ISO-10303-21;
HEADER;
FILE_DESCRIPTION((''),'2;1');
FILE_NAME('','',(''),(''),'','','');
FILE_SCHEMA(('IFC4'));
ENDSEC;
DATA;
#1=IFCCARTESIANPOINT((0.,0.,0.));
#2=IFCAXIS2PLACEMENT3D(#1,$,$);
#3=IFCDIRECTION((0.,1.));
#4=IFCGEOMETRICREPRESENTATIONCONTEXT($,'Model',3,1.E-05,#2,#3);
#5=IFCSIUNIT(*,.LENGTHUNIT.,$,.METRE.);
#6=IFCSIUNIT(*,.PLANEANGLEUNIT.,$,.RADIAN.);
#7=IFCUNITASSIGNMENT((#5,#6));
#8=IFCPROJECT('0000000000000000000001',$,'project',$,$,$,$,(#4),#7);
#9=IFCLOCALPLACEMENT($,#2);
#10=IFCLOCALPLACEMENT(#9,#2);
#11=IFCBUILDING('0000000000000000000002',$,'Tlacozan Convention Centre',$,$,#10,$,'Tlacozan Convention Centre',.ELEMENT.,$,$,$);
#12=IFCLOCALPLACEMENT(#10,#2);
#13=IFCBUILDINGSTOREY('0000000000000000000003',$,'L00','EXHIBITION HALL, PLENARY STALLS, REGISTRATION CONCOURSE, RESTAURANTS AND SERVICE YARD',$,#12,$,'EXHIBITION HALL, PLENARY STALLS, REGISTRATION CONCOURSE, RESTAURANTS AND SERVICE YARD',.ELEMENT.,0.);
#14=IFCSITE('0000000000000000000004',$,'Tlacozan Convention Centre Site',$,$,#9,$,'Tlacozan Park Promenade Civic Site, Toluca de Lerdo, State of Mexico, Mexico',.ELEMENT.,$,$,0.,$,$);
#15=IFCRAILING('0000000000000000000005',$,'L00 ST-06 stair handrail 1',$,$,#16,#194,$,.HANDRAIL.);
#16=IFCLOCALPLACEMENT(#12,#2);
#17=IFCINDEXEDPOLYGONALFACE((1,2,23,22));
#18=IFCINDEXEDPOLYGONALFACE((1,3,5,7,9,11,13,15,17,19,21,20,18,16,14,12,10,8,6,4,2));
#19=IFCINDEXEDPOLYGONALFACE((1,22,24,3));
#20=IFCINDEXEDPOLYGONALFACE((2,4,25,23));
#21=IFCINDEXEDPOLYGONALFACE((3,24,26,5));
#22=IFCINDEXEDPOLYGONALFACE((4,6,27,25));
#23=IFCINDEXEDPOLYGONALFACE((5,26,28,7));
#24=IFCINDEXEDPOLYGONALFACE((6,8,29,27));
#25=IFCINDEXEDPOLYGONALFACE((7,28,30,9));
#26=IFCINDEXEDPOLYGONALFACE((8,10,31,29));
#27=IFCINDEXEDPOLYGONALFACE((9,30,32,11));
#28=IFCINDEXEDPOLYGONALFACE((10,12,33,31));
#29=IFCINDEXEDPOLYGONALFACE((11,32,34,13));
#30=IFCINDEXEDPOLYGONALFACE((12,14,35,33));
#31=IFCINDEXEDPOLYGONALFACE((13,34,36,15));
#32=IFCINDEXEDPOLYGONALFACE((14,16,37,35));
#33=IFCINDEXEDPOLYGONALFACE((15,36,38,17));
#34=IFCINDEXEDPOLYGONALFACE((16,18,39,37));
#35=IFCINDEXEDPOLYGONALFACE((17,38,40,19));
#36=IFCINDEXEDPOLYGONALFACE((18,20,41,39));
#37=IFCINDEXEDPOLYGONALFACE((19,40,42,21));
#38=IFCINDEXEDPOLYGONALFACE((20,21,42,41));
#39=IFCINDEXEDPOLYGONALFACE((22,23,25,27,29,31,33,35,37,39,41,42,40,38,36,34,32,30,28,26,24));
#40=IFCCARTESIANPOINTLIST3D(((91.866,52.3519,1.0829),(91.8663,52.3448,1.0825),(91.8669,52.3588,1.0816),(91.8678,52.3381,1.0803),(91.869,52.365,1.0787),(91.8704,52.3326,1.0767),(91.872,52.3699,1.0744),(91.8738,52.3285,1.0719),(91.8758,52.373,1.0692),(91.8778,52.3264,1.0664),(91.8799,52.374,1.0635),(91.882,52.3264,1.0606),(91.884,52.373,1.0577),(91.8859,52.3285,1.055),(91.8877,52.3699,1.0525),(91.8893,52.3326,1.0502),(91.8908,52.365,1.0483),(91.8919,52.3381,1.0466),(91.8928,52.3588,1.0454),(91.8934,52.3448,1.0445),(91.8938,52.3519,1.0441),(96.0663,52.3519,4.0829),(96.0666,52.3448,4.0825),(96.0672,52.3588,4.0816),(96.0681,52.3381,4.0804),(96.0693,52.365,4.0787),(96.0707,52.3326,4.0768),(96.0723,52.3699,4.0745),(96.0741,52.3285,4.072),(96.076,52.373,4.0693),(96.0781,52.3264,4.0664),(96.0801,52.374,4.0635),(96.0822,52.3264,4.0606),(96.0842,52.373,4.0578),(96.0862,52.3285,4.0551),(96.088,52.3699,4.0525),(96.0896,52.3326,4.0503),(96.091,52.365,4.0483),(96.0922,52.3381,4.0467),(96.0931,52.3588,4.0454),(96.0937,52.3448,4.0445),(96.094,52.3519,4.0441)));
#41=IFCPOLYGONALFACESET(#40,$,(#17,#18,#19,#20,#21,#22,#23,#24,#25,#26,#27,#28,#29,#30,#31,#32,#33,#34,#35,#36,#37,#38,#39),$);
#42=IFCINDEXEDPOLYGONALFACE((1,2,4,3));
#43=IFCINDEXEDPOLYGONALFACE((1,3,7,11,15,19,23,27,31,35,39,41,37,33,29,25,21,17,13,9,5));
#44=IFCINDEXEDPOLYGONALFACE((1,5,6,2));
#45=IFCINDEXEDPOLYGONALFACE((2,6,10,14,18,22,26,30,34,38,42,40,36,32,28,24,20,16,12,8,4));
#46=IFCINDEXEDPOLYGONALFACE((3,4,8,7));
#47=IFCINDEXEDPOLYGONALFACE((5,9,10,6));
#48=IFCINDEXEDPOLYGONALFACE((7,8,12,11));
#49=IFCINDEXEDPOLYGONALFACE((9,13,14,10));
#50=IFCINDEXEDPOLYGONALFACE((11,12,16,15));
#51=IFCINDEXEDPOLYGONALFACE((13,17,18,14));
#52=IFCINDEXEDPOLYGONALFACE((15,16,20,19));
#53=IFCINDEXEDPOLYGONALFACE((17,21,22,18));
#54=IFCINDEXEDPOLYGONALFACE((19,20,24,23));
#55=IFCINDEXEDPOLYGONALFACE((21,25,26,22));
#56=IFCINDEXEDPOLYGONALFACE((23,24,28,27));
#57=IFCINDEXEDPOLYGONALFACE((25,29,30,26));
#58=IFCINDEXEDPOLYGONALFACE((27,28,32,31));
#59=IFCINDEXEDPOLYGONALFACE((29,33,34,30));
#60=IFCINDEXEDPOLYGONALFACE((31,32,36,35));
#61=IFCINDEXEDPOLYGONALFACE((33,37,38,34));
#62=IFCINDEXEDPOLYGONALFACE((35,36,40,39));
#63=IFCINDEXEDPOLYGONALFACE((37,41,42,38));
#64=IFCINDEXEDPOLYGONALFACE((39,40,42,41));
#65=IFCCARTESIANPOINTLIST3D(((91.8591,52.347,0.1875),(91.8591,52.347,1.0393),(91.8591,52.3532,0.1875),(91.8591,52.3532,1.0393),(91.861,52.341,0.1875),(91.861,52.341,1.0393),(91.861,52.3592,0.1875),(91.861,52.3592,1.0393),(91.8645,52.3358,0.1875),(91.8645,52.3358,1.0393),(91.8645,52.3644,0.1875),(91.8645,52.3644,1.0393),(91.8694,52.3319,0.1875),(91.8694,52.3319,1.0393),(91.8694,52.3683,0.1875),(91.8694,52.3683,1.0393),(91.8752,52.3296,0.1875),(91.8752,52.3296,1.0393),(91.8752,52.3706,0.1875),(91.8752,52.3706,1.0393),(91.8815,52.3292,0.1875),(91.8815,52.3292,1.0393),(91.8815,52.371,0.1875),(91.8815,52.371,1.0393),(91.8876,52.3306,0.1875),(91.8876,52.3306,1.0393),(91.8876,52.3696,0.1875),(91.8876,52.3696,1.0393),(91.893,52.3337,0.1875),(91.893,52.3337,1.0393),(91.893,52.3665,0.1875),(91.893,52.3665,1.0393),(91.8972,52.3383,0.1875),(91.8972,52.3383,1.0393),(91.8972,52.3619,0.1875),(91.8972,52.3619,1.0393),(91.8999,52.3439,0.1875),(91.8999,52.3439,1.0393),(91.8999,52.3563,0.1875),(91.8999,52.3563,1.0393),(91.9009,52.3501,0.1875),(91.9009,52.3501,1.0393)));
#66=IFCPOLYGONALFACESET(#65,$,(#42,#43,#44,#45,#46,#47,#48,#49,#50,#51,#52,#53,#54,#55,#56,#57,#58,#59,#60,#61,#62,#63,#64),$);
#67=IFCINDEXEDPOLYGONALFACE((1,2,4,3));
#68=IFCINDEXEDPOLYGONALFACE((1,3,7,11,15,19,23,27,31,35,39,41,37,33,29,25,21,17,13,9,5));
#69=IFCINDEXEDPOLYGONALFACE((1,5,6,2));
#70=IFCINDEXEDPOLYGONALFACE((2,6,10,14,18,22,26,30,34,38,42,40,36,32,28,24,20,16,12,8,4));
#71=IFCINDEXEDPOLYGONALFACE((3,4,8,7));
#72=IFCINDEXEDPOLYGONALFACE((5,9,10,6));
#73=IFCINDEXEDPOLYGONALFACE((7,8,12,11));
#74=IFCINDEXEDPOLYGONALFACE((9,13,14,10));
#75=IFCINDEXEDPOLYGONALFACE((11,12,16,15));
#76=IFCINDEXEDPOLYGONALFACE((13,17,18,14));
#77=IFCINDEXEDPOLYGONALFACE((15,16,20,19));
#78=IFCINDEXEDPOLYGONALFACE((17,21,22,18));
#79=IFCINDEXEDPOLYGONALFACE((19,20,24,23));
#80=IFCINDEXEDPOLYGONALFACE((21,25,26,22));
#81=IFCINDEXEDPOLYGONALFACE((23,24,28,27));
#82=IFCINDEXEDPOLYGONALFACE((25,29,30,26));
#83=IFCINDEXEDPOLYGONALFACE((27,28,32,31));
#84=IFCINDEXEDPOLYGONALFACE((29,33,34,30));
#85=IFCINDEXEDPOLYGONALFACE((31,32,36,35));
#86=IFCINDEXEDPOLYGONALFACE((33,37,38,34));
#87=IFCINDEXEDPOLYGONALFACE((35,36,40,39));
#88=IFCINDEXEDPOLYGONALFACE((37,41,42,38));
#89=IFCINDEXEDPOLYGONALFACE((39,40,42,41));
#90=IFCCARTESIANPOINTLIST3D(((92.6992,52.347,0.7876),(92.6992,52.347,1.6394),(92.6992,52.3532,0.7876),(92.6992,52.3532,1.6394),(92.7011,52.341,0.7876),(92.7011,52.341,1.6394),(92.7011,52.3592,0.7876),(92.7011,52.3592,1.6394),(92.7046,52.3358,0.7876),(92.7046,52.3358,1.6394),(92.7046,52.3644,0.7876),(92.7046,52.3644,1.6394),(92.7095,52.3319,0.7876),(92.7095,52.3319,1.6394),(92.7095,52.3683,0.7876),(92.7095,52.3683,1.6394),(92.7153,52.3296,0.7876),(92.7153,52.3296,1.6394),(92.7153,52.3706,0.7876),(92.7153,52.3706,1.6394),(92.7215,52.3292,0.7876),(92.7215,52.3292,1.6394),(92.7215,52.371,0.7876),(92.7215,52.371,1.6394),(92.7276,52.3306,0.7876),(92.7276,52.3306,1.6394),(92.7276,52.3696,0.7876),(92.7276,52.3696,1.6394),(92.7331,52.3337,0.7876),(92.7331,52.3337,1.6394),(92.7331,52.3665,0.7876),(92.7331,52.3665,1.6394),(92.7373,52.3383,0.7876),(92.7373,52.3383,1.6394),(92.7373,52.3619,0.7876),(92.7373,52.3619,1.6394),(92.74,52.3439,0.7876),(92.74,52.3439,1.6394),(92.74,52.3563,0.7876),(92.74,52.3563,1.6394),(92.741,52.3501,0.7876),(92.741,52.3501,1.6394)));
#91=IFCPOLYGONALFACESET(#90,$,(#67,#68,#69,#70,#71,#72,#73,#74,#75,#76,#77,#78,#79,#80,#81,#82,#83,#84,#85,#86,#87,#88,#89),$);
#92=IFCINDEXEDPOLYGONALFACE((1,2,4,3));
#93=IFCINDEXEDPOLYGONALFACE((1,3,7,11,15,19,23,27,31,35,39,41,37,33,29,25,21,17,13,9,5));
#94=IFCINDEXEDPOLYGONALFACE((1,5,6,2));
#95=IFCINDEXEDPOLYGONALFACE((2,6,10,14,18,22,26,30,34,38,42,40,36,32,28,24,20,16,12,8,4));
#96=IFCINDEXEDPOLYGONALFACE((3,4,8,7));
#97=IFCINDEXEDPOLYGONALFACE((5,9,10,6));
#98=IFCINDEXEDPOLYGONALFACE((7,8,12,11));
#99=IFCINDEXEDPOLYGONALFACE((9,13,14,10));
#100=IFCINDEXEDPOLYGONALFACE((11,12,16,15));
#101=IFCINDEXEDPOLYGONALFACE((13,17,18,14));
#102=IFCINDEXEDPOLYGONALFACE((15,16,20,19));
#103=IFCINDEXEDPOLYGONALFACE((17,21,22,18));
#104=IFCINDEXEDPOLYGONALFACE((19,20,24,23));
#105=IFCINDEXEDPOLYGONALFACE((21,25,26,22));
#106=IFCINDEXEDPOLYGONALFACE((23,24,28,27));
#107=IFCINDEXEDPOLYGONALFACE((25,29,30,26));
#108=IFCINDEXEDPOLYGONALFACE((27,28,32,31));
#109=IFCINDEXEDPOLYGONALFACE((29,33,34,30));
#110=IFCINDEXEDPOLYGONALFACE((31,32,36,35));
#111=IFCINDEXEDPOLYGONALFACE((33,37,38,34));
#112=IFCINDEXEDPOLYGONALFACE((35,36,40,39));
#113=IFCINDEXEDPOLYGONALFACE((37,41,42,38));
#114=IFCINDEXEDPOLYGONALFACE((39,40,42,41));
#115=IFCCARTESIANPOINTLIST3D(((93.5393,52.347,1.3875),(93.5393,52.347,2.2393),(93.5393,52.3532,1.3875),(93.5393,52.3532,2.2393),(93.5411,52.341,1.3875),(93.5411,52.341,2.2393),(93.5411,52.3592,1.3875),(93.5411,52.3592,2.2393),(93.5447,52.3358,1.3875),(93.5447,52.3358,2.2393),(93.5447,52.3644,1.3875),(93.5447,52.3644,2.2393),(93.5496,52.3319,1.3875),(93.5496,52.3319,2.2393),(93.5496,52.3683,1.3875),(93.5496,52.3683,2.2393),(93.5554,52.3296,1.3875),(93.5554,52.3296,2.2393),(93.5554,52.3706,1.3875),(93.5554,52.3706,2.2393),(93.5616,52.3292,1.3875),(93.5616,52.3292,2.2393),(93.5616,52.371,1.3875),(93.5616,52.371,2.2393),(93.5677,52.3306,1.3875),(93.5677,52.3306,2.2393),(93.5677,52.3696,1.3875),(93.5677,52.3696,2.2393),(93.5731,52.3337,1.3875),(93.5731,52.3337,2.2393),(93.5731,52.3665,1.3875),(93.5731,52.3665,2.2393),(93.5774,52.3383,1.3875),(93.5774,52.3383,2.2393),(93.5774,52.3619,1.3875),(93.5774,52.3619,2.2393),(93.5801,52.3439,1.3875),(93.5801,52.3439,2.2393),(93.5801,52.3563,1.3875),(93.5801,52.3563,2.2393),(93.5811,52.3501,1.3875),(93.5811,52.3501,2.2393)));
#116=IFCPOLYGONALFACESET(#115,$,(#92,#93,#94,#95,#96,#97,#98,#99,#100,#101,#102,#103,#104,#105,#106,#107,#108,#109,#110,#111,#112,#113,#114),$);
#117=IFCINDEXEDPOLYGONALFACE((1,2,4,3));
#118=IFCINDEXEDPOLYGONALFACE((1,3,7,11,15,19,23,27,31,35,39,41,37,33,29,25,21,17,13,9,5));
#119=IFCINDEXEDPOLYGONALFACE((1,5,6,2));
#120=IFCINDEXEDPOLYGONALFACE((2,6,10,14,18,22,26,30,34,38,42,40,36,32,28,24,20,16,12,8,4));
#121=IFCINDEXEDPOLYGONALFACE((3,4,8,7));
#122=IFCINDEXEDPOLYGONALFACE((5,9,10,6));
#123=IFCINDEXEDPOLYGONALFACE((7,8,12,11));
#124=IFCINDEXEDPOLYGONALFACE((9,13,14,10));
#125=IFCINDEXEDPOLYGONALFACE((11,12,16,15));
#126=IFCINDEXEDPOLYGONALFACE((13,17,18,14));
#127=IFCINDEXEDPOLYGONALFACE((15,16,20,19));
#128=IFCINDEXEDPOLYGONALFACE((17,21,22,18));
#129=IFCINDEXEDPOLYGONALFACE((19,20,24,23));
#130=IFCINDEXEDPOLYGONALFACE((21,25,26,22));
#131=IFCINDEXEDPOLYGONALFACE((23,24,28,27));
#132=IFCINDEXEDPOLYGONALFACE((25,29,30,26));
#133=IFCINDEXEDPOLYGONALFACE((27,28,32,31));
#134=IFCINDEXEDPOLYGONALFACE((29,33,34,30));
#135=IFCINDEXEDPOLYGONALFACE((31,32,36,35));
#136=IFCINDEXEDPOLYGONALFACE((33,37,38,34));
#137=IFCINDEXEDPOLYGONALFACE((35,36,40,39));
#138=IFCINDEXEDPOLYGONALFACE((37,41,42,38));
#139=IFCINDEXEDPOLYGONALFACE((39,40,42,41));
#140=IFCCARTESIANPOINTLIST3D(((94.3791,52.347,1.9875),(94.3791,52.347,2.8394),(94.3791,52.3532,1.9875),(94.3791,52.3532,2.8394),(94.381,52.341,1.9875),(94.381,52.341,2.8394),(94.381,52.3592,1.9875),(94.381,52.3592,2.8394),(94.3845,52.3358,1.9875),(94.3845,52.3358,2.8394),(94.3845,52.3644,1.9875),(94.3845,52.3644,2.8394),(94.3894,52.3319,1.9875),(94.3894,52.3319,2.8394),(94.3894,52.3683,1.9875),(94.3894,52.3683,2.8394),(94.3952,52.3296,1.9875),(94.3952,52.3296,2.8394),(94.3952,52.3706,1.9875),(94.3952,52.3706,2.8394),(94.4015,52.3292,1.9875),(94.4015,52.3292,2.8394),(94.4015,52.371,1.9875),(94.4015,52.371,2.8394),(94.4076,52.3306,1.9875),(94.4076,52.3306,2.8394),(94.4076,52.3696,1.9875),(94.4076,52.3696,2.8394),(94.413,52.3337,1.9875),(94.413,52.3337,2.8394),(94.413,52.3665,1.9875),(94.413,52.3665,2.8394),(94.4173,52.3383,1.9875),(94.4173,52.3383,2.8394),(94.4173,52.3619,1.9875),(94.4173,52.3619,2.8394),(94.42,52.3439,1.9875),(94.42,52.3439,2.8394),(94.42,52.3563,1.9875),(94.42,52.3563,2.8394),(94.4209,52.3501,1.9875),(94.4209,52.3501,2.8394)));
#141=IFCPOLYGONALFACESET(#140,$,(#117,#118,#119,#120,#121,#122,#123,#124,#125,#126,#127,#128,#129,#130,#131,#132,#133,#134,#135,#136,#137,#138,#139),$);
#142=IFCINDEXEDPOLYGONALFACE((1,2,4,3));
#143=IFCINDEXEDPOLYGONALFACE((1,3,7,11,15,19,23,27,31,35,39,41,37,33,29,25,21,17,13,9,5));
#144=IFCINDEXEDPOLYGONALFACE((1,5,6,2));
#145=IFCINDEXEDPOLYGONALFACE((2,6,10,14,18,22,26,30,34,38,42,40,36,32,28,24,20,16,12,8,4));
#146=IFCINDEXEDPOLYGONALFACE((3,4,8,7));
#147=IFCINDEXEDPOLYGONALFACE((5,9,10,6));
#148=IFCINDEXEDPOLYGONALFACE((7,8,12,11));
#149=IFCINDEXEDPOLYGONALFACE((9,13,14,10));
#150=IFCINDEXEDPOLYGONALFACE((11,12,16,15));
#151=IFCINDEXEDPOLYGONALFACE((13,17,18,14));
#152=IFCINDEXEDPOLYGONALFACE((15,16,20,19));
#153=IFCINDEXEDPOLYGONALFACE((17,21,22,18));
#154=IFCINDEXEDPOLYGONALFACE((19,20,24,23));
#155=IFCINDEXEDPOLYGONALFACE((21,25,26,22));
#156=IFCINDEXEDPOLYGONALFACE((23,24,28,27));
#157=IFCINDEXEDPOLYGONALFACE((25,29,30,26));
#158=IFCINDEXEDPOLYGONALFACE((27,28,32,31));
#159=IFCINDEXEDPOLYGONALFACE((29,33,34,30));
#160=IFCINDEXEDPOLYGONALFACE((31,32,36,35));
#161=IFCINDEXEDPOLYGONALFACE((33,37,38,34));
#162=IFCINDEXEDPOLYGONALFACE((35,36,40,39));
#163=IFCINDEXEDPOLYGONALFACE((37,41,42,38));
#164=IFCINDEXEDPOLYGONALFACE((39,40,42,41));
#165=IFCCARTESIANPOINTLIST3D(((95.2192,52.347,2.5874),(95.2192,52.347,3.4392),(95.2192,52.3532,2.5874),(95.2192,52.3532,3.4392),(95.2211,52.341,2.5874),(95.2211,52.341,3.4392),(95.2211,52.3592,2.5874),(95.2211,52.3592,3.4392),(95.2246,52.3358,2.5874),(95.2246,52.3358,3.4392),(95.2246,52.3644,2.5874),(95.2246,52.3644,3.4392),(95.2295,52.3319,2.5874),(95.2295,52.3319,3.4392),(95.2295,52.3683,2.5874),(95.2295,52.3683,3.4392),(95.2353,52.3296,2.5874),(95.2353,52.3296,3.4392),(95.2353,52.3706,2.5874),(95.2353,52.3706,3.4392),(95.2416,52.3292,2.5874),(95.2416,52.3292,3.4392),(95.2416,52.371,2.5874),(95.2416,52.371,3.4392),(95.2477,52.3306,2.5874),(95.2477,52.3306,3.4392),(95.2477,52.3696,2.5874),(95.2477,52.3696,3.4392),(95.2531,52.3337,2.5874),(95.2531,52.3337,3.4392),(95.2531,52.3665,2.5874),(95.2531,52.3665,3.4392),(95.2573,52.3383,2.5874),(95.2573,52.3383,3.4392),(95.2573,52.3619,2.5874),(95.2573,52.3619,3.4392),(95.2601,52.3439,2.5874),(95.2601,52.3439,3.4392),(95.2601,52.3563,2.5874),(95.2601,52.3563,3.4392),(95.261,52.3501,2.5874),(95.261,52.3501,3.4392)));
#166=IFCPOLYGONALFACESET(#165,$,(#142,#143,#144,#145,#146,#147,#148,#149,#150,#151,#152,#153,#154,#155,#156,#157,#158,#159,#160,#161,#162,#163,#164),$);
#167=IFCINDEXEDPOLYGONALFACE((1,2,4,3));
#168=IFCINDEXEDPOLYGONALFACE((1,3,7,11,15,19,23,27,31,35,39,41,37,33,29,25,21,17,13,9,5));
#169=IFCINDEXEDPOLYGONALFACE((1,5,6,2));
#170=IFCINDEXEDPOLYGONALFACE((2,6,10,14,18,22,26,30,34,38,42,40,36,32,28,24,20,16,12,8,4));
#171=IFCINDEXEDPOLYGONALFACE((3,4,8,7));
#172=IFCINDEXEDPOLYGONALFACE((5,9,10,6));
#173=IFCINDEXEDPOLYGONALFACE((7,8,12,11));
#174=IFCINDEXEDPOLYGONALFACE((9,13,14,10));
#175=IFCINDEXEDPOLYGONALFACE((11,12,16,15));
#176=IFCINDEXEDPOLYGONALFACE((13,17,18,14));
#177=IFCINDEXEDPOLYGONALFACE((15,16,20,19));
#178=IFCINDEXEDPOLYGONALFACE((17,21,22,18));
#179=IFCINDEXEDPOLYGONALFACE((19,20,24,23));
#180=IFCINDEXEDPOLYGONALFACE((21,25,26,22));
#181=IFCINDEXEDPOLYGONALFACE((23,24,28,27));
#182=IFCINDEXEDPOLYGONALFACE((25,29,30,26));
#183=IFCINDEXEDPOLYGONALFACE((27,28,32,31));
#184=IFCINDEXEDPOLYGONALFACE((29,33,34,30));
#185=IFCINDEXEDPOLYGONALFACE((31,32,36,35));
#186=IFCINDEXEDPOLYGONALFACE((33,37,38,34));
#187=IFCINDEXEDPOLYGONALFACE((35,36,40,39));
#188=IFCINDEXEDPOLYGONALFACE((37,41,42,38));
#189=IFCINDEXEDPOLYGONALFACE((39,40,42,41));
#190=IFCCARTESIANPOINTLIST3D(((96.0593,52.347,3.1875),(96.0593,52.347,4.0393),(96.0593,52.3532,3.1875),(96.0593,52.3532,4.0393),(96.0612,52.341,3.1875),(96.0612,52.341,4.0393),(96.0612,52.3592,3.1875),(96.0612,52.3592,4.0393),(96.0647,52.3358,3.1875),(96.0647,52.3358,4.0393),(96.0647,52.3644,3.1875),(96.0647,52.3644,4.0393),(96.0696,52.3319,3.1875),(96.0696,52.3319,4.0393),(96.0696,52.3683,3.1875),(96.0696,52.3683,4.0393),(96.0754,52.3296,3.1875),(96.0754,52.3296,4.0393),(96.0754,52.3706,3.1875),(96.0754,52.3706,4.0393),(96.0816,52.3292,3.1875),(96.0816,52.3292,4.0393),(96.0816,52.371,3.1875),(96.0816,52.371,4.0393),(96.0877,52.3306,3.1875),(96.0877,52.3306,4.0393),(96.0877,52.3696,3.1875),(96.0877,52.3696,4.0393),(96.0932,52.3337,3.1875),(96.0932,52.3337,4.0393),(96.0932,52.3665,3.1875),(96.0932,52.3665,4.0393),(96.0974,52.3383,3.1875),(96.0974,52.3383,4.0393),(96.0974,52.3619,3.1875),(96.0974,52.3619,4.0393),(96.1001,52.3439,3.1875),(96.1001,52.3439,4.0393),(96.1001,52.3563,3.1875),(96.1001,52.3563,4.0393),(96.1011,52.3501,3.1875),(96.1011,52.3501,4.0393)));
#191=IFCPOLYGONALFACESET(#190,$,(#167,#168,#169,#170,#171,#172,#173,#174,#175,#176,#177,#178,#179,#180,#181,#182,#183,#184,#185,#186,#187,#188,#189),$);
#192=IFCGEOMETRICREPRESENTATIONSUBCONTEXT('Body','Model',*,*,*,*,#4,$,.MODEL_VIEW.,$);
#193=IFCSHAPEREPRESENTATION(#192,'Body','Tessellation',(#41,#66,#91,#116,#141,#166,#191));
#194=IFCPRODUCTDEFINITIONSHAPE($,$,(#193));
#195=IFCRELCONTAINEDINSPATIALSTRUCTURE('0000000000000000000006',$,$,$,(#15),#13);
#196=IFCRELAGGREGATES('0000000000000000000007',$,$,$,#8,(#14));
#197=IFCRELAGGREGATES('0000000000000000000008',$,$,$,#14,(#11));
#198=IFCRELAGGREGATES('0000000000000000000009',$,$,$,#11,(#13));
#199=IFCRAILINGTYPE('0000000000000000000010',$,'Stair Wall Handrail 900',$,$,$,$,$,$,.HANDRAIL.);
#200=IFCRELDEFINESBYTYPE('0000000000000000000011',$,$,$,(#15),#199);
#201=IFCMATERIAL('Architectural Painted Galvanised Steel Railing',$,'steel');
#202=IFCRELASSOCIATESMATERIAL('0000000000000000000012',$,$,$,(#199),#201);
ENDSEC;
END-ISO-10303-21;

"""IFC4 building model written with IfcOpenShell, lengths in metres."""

from ifc_helpers import new_model, si_unit, direction, frame, origin, origin_2d, place, context, subcontext, project, spatial, circle, extrude, material, type_object, element, save


model = new_model("IFC4")

# Units and contexts
model_context = context("Model", 3, precision=1e-05, world=origin(), true_north=direction((0.0, 1.0)))
body_context = subcontext(model_context, "Body", "Model", "MODEL_VIEW")
ifc_project = project(units=[si_unit("LENGTHUNIT", "METRE"), si_unit("PLANEANGLEUNIT", "RADIAN")], contexts=[model_context])

# Site, building, storey
site_placement = place(None, origin())
site = spatial("IfcSite", under=ifc_project, at=site_placement, Name="Tlacozan Convention Centre Site", LongName="Tlacozan Park Promenade Civic Site, Toluca de Lerdo, State of Mexico, Mexico", CompositionType="ELEMENT", RefElevation=0.0)
building_placement = place(site_placement, origin())
building = spatial("IfcBuilding", under=site, at=building_placement, Name="Tlacozan Convention Centre", LongName="Tlacozan Convention Centre", CompositionType="ELEMENT")
storey_placement = place(building_placement, origin())
storey = spatial("IfcBuildingStorey", under=building, at=storey_placement, Name="L00", Description="EXHIBITION HALL, PLENARY STALLS, REGISTRATION CONCOURSE, RESTAURANTS AND SERVICE YARD", LongName="EXHIBITION HALL, PLENARY STALLS, REGISTRATION CONCOURSE, RESTAURANTS AND SERVICE YARD", CompositionType="ELEMENT", Elevation=0.0)

# Railing
ifc_material_1 = material(Name="Architectural Painted Galvanised Steel Railing", Category="steel")
railing_type_1 = type_object("IfcRailingType", Name="Stair Wall Handrail 900", PredefinedType="HANDRAIL", material=ifc_material_1)
railing_1_placement = place(storey_placement, frame((91.8799, 52.3501, 0.1875)))
element("IfcRailing", 1, at=railing_1_placement, inside=storey, type_object=railing_type_1, Name="L00 ST-06 stair handrail 1", PredefinedType="HANDRAIL", context=body_context, shape_type="SweptSolid", body=[
    extrude(circle(Radius=0.0239, at=origin_2d()), frame((0.0, 0.0, 0.876), z_axis=(0.813746, 0.0, 0.58122), x_axis=(0.0, 1.0, 0.0)), (0.0, 0.0, 1.0), 5.1616),
    extrude(circle(Radius=0.021, at=origin_2d()), origin(), (0.0, 0.0, 1.0), 0.8518),
    extrude(circle(Radius=0.021, at=origin_2d()), frame((0.8401, 0.0, 0.6001)), (0.0, 0.0, 1.0), 0.8518),
    extrude(circle(Radius=0.021, at=origin_2d()), frame((1.6802, 0.0, 1.2)), (0.0, 0.0, 1.0), 0.8518),
    extrude(circle(Radius=0.021, at=origin_2d()), frame((2.52, 0.0, 1.8)), (0.0, 0.0, 1.0), 0.8518),
    extrude(circle(Radius=0.021, at=origin_2d()), frame((3.3601, 0.0, 2.3999)), (0.0, 0.0, 1.0), 0.8518),
    extrude(circle(Radius=0.021, at=origin_2d()), frame((4.2002, 0.0, 3.0)), (0.0, 0.0, 1.0), 0.8518),
])

save(model, "model.ifc")
